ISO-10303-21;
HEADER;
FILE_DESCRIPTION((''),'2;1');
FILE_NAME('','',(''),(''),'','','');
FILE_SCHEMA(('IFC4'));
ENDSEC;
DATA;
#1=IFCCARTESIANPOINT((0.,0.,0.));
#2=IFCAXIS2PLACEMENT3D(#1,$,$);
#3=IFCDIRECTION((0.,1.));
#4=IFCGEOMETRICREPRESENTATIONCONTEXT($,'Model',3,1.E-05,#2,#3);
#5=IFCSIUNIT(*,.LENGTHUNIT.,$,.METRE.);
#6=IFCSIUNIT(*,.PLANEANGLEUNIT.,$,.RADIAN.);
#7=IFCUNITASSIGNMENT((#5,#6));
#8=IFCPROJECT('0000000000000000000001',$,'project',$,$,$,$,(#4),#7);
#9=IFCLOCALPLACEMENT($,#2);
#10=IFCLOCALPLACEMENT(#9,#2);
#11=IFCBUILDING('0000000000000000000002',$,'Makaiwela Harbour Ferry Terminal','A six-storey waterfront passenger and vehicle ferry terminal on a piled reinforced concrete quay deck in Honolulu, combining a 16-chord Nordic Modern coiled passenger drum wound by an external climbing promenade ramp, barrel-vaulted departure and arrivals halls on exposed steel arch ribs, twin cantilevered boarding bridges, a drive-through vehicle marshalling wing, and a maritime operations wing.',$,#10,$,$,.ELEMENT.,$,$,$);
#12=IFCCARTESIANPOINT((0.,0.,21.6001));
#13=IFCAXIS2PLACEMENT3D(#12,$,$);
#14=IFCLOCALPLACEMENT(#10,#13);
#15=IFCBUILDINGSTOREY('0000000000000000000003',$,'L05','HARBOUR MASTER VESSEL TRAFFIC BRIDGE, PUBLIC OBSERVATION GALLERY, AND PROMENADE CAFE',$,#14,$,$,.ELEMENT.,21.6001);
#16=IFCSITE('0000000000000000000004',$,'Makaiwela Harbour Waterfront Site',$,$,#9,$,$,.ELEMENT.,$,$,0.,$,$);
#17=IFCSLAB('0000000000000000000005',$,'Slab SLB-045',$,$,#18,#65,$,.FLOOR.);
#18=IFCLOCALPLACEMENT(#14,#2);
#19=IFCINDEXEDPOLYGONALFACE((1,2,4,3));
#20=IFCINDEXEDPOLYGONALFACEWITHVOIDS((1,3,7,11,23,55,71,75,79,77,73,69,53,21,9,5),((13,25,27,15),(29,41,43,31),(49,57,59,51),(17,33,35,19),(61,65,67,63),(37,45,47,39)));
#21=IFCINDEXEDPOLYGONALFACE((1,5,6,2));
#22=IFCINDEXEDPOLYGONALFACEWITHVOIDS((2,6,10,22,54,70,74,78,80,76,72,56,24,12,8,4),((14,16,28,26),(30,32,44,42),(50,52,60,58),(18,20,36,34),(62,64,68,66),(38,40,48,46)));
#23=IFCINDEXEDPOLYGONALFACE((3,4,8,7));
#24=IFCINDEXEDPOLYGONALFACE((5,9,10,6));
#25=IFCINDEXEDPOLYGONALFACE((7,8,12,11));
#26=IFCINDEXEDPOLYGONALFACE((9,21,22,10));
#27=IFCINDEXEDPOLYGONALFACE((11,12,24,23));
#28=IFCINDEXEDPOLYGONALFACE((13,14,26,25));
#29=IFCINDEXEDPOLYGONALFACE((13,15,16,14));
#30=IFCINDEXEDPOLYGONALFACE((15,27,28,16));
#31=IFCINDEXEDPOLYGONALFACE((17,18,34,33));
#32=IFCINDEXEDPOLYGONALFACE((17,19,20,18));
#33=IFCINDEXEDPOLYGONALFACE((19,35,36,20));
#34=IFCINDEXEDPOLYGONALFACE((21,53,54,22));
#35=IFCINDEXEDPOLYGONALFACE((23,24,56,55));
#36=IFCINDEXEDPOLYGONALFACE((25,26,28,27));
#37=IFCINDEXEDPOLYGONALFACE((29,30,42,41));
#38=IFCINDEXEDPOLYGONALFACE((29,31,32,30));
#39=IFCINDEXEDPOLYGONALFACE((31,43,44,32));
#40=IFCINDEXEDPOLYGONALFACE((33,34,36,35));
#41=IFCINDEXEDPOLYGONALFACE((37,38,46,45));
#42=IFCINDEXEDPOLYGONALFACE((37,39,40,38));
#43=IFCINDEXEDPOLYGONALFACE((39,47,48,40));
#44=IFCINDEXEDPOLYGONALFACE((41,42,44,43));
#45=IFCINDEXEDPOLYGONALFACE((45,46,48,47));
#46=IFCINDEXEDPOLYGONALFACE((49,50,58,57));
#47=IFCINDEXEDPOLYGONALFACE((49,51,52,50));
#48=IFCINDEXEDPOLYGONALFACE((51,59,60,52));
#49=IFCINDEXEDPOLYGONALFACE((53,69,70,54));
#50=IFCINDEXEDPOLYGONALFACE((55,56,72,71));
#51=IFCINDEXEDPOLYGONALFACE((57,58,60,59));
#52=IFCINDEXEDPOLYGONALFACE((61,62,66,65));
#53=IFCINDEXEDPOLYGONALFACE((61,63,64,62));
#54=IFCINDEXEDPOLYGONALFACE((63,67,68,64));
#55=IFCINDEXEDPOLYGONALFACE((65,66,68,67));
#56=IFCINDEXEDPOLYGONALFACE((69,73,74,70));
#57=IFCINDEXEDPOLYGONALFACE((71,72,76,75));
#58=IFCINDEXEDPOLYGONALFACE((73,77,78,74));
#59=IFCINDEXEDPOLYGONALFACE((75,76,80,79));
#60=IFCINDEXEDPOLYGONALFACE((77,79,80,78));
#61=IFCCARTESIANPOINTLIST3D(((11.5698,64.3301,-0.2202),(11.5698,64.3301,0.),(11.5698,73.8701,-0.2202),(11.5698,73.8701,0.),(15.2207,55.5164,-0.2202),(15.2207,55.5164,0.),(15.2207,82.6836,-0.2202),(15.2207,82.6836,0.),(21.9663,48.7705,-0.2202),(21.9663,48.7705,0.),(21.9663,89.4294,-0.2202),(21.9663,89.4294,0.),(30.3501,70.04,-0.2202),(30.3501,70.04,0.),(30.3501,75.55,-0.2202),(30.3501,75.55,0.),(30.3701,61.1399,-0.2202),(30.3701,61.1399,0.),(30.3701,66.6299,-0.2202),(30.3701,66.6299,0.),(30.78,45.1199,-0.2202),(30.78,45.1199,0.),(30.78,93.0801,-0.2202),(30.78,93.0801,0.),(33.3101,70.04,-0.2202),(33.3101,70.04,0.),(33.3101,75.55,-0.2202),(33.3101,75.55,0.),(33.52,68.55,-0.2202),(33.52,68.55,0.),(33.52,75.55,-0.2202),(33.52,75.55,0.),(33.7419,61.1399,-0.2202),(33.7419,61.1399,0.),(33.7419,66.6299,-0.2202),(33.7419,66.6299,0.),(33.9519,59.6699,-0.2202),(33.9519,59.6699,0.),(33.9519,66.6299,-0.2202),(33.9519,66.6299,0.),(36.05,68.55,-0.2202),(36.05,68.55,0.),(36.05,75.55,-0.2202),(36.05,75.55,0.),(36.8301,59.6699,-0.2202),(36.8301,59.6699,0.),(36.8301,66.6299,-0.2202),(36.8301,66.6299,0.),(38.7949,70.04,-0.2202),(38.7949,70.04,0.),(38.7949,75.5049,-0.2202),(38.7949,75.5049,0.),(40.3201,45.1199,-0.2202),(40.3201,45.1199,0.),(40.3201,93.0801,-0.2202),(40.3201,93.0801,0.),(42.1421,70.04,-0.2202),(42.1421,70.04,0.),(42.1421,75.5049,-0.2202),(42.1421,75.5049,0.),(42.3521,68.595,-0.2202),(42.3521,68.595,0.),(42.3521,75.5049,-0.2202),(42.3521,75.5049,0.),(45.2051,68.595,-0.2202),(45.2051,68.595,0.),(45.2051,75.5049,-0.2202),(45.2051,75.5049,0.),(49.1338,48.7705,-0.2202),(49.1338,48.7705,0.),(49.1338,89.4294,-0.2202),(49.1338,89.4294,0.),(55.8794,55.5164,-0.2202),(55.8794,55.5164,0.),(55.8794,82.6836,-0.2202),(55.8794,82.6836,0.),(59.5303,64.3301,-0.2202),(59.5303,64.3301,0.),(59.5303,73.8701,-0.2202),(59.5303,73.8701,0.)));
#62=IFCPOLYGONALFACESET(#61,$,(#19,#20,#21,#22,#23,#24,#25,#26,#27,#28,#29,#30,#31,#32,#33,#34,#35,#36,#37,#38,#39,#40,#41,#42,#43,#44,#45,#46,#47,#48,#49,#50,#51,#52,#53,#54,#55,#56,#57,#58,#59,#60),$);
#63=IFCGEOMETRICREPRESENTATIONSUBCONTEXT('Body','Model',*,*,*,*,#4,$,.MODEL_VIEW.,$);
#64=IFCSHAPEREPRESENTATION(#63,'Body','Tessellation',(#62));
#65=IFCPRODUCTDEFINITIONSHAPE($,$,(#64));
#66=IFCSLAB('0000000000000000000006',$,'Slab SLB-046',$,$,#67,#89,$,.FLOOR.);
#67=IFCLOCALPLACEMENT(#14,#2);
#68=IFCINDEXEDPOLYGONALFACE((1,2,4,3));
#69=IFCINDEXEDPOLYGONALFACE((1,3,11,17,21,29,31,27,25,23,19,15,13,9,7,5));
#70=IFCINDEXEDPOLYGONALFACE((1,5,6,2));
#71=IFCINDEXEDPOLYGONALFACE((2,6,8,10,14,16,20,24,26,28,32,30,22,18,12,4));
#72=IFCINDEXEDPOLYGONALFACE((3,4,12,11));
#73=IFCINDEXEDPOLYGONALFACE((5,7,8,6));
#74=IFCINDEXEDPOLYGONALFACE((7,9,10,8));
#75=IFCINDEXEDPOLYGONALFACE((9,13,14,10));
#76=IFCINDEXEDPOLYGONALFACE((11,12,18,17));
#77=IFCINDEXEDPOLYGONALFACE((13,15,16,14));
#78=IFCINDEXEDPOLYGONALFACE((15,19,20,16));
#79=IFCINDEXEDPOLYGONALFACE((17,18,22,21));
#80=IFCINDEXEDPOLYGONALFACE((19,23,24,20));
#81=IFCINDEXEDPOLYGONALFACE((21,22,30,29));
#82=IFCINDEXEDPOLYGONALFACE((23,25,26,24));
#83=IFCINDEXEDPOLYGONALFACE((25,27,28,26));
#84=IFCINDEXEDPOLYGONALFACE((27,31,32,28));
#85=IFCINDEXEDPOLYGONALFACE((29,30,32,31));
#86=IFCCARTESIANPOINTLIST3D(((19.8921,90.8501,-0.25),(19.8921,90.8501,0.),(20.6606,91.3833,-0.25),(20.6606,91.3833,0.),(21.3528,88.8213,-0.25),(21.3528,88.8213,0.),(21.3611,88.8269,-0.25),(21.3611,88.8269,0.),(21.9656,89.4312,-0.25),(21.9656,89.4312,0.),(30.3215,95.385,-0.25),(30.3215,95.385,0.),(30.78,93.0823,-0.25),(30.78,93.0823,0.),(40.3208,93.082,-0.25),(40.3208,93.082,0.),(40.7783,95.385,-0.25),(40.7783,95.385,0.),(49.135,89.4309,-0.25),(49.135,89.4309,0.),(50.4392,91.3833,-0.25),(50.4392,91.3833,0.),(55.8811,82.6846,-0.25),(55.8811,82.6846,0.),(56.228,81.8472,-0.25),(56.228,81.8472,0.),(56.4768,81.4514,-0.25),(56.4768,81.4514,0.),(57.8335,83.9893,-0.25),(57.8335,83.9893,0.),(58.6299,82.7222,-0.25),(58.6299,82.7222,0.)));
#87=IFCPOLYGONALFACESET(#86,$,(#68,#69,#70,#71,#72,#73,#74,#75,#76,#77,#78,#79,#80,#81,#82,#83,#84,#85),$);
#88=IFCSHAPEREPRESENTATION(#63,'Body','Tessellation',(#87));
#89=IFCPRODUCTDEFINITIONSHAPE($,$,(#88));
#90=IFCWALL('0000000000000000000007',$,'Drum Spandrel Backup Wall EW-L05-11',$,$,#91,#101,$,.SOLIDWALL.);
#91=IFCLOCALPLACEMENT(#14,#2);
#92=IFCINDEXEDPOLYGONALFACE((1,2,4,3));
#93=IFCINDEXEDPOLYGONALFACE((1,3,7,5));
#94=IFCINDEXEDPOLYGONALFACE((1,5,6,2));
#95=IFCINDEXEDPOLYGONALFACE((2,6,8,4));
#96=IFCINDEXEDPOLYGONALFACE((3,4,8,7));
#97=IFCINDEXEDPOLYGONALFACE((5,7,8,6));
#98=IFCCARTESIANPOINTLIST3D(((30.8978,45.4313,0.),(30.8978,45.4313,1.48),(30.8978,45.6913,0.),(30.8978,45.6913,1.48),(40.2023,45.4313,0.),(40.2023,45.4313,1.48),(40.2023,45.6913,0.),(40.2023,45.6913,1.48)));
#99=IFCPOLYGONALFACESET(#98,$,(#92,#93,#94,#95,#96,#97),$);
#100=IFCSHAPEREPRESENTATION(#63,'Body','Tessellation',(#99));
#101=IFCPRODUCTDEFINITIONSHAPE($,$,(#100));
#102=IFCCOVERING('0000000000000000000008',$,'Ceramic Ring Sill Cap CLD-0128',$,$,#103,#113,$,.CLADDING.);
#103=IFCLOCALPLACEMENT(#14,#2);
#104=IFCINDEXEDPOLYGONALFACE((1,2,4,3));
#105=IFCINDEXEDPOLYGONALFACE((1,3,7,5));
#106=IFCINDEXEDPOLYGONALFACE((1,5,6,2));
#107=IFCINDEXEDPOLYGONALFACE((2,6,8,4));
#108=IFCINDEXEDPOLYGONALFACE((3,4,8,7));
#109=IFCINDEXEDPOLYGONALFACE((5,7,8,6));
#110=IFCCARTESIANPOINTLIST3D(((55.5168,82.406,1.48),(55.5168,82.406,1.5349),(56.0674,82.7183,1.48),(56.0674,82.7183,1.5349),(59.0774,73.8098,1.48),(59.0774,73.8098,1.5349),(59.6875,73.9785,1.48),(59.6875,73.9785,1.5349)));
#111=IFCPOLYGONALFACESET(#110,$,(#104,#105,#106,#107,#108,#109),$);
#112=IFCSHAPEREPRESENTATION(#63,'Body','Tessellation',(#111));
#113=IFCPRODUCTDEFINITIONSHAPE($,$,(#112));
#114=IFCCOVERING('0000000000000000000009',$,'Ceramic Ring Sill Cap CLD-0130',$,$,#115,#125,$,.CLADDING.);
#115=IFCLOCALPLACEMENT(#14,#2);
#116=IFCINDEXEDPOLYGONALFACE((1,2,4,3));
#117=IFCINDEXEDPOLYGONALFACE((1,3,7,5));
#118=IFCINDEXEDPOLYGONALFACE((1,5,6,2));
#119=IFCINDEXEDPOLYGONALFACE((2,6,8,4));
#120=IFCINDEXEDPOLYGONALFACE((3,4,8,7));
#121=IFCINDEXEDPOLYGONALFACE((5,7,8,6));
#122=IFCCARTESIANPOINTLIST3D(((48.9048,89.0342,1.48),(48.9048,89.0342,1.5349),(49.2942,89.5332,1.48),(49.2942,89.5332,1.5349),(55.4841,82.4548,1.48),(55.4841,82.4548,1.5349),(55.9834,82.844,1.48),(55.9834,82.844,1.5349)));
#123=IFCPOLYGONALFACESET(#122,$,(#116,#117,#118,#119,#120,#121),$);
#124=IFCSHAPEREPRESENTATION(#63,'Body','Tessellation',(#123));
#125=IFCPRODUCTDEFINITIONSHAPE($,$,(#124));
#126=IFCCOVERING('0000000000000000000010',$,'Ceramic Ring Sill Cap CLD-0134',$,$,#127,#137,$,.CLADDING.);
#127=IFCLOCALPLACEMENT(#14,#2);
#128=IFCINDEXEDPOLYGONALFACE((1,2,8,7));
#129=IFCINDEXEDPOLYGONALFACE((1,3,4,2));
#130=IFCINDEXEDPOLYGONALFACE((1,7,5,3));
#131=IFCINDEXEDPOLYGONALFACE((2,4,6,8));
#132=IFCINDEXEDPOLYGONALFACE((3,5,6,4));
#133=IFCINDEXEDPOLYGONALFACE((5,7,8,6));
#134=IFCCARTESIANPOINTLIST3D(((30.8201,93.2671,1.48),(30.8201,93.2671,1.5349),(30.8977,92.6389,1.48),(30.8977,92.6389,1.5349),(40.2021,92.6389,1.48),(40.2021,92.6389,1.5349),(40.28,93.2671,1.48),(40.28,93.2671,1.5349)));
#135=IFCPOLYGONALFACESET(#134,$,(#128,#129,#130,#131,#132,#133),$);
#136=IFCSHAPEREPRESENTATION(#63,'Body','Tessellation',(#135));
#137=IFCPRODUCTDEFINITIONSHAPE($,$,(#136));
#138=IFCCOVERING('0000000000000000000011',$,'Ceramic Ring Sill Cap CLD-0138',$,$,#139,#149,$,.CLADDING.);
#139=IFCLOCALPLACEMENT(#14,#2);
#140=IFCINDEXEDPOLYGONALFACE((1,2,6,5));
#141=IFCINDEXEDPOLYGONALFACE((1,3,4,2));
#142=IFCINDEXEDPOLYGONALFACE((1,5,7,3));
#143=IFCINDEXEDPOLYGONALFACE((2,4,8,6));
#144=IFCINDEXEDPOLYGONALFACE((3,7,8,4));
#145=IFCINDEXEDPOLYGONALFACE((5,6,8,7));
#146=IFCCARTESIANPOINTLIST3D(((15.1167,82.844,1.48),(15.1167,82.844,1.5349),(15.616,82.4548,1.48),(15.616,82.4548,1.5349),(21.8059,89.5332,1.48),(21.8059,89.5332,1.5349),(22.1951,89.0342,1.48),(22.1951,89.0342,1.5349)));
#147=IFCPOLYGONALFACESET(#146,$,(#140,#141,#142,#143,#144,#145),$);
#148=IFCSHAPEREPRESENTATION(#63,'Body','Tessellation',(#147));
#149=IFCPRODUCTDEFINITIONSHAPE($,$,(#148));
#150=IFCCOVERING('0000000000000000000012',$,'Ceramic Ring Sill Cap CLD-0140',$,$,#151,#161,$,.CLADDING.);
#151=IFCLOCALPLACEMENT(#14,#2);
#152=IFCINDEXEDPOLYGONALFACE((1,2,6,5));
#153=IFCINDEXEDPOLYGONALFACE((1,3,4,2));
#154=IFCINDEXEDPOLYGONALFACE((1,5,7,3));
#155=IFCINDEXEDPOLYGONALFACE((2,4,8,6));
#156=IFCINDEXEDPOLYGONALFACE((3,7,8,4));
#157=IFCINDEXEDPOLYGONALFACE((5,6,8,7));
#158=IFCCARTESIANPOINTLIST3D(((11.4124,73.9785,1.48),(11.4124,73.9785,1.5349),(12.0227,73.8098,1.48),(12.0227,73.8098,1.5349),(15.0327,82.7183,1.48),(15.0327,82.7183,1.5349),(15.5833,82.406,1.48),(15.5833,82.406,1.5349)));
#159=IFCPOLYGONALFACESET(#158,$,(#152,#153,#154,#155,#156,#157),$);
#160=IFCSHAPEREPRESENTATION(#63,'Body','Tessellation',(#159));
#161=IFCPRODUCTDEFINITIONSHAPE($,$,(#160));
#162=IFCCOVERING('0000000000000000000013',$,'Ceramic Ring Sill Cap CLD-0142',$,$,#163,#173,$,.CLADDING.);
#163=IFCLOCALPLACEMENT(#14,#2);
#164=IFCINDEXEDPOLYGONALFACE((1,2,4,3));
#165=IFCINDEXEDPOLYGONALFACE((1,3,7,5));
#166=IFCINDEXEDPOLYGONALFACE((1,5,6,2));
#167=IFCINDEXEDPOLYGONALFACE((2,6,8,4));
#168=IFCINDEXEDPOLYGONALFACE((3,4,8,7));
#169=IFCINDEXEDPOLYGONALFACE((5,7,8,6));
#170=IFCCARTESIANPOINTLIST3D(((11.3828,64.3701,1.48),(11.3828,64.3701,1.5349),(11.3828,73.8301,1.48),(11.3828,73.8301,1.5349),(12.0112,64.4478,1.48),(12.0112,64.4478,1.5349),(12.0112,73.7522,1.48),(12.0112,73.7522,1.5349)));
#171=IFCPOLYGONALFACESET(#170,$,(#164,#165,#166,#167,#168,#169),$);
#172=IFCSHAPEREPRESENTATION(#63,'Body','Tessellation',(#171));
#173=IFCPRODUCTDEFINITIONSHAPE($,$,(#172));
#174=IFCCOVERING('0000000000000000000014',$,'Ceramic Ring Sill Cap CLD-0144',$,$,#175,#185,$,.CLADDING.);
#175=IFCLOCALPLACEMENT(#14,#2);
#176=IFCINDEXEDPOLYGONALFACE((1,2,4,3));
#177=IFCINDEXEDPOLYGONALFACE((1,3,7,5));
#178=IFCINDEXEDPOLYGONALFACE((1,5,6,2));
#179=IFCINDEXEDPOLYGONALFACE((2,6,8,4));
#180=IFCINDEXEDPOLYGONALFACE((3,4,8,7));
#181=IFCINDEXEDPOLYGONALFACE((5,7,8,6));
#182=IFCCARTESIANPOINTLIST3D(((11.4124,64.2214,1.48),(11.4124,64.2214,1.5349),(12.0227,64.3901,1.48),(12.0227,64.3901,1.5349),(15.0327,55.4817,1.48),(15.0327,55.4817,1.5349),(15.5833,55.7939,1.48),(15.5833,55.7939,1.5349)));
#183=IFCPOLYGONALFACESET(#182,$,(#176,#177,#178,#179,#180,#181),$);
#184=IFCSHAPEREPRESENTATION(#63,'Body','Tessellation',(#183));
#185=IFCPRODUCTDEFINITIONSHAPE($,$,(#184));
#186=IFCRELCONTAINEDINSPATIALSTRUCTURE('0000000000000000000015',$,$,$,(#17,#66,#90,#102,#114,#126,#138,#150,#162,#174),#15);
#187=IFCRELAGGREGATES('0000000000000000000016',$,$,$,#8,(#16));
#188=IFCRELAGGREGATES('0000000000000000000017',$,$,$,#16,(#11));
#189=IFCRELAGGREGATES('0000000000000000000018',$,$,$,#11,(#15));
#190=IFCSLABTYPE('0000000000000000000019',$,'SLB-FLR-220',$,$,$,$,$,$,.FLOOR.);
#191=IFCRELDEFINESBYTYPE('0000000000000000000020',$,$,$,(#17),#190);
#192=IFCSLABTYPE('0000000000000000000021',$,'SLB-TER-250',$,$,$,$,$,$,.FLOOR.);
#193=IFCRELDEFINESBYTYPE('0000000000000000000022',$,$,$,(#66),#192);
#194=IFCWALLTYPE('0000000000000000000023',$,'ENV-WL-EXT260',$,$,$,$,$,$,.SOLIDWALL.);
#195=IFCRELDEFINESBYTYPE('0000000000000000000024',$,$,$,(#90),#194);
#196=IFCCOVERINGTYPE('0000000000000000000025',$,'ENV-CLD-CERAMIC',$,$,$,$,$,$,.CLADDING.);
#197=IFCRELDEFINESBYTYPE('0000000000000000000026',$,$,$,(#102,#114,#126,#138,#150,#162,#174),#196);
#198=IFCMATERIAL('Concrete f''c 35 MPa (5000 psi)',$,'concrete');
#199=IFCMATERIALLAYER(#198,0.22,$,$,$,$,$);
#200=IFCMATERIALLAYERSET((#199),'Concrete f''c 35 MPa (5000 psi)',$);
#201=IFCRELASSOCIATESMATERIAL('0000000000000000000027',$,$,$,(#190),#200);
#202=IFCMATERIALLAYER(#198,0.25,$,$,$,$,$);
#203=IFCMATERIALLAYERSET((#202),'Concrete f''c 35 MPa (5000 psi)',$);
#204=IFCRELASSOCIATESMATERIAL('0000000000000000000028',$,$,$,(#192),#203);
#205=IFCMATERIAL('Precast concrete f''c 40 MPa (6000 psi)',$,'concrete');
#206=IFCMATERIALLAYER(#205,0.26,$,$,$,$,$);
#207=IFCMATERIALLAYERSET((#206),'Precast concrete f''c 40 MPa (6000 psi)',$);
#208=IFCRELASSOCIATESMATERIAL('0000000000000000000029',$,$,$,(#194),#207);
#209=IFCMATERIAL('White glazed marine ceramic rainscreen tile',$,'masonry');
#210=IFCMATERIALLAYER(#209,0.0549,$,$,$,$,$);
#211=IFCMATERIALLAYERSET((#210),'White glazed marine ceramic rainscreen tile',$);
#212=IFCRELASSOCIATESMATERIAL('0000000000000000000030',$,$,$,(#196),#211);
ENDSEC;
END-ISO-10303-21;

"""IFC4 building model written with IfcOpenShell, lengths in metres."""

from ifc_helpers import new_model, si_unit, direction, frame, frame_2d, origin, place, context, subcontext, project, spatial, polyline, rectangle, outline, extrude, material, layer, layer_set, type_object, element, save


model = new_model("IFC4")

# Units and contexts
model_context = context("Model", 3, precision=1e-05, world=origin(), true_north=direction((0.0, 1.0)))
body_context = subcontext(model_context, "Body", "Model", "MODEL_VIEW")
ifc_project = project(units=[si_unit("LENGTHUNIT", "METRE"), si_unit("PLANEANGLEUNIT", "RADIAN")], contexts=[model_context])

# Site, building, storey
site_placement = place(None, origin())
site = spatial("IfcSite", under=ifc_project, at=site_placement, Name="Makaiwela Harbour Waterfront Site", CompositionType="ELEMENT", RefElevation=0.0)
building_placement = place(site_placement, origin())
building = spatial("IfcBuilding", under=site, at=building_placement, Name="Makaiwela Harbour Ferry Terminal", Description="A six-storey waterfront passenger and vehicle ferry terminal on a piled reinforced concrete quay deck in Honolulu, combining a 16-chord Nordic Modern coiled passenger drum wound by an external climbing promenade ramp, barrel-vaulted departure and arrivals halls on exposed steel arch ribs, twin cantilevered boarding bridges, a drive-through vehicle marshalling wing, and a maritime operations wing.", CompositionType="ELEMENT")
storey_placement = place(building_placement, frame((0.0, 0.0, 21.6001)))
storey = spatial("IfcBuildingStorey", under=building, at=storey_placement, Name="L05", Description="HARBOUR MASTER VESSEL TRAFFIC BRIDGE, PUBLIC OBSERVATION GALLERY, AND PROMENADE CAFE", CompositionType="ELEMENT", Elevation=21.6001)

# Slabs
ifc_material_1 = material(Name="Concrete f'c 35 MPa (5000 psi)", Category="concrete")
ifc_layer_1 = layer(ifc_material_1, 0.22)
ifc_layer_set_1 = layer_set([ifc_layer_1], Name="Concrete f'c 35 MPa (5000 psi)")
slab_type_1 = type_object("IfcSlabType", Name="SLB-FLR-220", PredefinedType="FLOOR", material=ifc_layer_set_1)
slab_1_placement = place(storey_placement, frame((0.0, 0.0, -0.2202)))
element("IfcSlab", 1, at=slab_1_placement, inside=storey, type_object=slab_type_1, Name="Slab SLB-045", PredefinedType="FLOOR", context=body_context, shape_type="SweptSolid", body=[
    extrude(outline(polyline([(59.5303, 73.8701), (55.8794, 82.6836), (49.1338, 89.4294), (40.3201, 93.0801), (30.78, 93.0801), (21.9663, 89.4294), (15.2207, 82.6836), (11.5698, 73.8701), (11.5698, 64.3301), (15.2207, 55.5164), (21.9663, 48.7705), (30.78, 45.1199), (40.3201, 45.1199), (49.1338, 48.7705), (55.8794, 55.5164), (59.5303, 64.3301), (59.5303, 73.8701)]), holes=[polyline([(38.7949, 70.04), (38.7949, 75.5049), (42.1421, 75.5049), (42.1421, 70.04), (38.7949, 70.04)]), polyline([(42.3521, 68.595), (42.3521, 75.5049), (45.2051, 75.5049), (45.2051, 68.595), (42.3521, 68.595)]), polyline([(30.3701, 61.1399), (30.3701, 66.6299), (33.7419, 66.6299), (33.7419, 61.1399), (30.3701, 61.1399)]), polyline([(33.9519, 59.6699), (33.9519, 66.6299), (36.8301, 66.6299), (36.8301, 59.6699), (33.9519, 59.6699)]), polyline([(30.3501, 70.04), (30.3501, 75.55), (33.3101, 75.55), (33.3101, 70.04), (30.3501, 70.04)]), polyline([(33.52, 68.55), (33.52, 75.55), (36.05, 75.55), (36.05, 68.55), (33.52, 68.55)])]), origin(), (0.0, 0.0, 1.0), 0.2202),
])
ifc_layer_2 = layer(ifc_material_1, 0.25)
ifc_layer_set_2 = layer_set([ifc_layer_2], Name="Concrete f'c 35 MPa (5000 psi)")
slab_type_2 = type_object("IfcSlabType", Name="SLB-TER-250", PredefinedType="FLOOR", material=ifc_layer_set_2)
slab_2_placement = place(storey_placement, frame((0.0, 0.0, -0.25)))
element("IfcSlab", 2, at=slab_2_placement, inside=storey, type_object=slab_type_2, Name="Slab SLB-046", PredefinedType="FLOOR", context=body_context, shape_type="SweptSolid", body=[
    extrude(outline(polyline([(21.3611, 88.8269), (21.9656, 89.4312), (30.78, 93.0823), (40.3208, 93.082), (49.135, 89.4309), (55.8811, 82.6846), (56.228, 81.8472), (56.4768, 81.4514), (58.6299, 82.7222), (57.8335, 83.9893), (50.4392, 91.3833), (40.7783, 95.385), (30.3215, 95.385), (20.6606, 91.3833), (19.8921, 90.8501), (21.3528, 88.8213), (21.3611, 88.8269)])), origin(), (0.0, 0.0, 1.0), 0.25),
])

# Wall
ifc_material_2 = material(Name="Precast concrete f'c 40 MPa (6000 psi)", Category="concrete")
ifc_layer_3 = layer(ifc_material_2, 0.26)
ifc_layer_set_3 = layer_set([ifc_layer_3], Name="Precast concrete f'c 40 MPa (6000 psi)")
wall_type = type_object("IfcWallType", Name="ENV-WL-EXT260", PredefinedType="SOLIDWALL", material=ifc_layer_set_3)
wall_placement = place(storey_placement, frame((30.8977, 45.5613, 0.0), z_axis=(0.0, 0.0, 1.0), x_axis=(1.0, 0.0, 0.0)))
element("IfcWall", 3, at=wall_placement, inside=storey, type_object=wall_type, Name="Drum Spandrel Backup Wall EW-L05-11", PredefinedType="SOLIDWALL", context=body_context, shape_type="SweptSolid", body=[
    extrude(rectangle(XDim=9.3044, YDim=0.26, at=frame_2d((4.6523, 0.0))), origin(), (0.0, 0.0, 1.0), 1.48),
])

# Coverings
ifc_material_3 = material(Name="White glazed marine ceramic rainscreen tile", Category="masonry")
ifc_layer_4 = layer(ifc_material_3, 0.0549)
ifc_layer_set_4 = layer_set([ifc_layer_4], Name="White glazed marine ceramic rainscreen tile")
covering_type = type_object("IfcCoveringType", Name="ENV-CLD-CERAMIC", PredefinedType="CLADDING", material=ifc_layer_set_4)
covering_1_placement = place(storey_placement, frame((0.0, 0.0, 1.48)))
element("IfcCovering", 4, at=covering_1_placement, inside=storey, type_object=covering_type, Name="Ceramic Ring Sill Cap CLD-0128", PredefinedType="CLADDING", context=body_context, shape_type="SweptSolid", body=[
    extrude(outline(polyline([(59.6875, 73.9785), (56.0674, 82.7183), (55.5168, 82.406), (59.0774, 73.8098), (59.6875, 73.9785)])), origin(), (0.0, 0.0, 1.0), 0.0549),
])
covering_2_placement = place(storey_placement, frame((0.0, 0.0, 1.48)))
element("IfcCovering", 5, at=covering_2_placement, inside=storey, type_object=covering_type, Name="Ceramic Ring Sill Cap CLD-0130", PredefinedType="CLADDING", context=body_context, shape_type="SweptSolid", body=[
    extrude(outline(polyline([(55.9834, 82.844), (49.2942, 89.5332), (48.9048, 89.0342), (55.4841, 82.4548), (55.9834, 82.844)])), origin(), (0.0, 0.0, 1.0), 0.0549),
])
covering_3_placement = place(storey_placement, frame((0.0, 0.0, 1.48)))
element("IfcCovering", 6, at=covering_3_placement, inside=storey, type_object=covering_type, Name="Ceramic Ring Sill Cap CLD-0134", PredefinedType="CLADDING", context=body_context, shape_type="SweptSolid", body=[
    extrude(outline(polyline([(40.28, 93.2671), (30.8201, 93.2671), (30.8977, 92.6389), (40.2021, 92.6389), (40.28, 93.2671)])), origin(), (0.0, 0.0, 1.0), 0.0549),
])
covering_4_placement = place(storey_placement, frame((0.0, 0.0, 1.48)))
element("IfcCovering", 7, at=covering_4_placement, inside=storey, type_object=covering_type, Name="Ceramic Ring Sill Cap CLD-0138", PredefinedType="CLADDING", context=body_context, shape_type="SweptSolid", body=[
    extrude(outline(polyline([(21.8059, 89.5332), (15.1167, 82.844), (15.616, 82.4548), (22.1951, 89.0342), (21.8059, 89.5332)])), origin(), (0.0, 0.0, 1.0), 0.0549),
])
covering_5_placement = place(storey_placement, frame((0.0, 0.0, 1.48)))
element("IfcCovering", 8, at=covering_5_placement, inside=storey, type_object=covering_type, Name="Ceramic Ring Sill Cap CLD-0140", PredefinedType="CLADDING", context=body_context, shape_type="SweptSolid", body=[
    extrude(outline(polyline([(15.0327, 82.7183), (11.4124, 73.9785), (12.0227, 73.8098), (15.5833, 82.406), (15.0327, 82.7183)])), origin(), (0.0, 0.0, 1.0), 0.0549),
])
covering_6_placement = place(storey_placement, frame((0.0, 0.0, 1.48)))
element("IfcCovering", 9, at=covering_6_placement, inside=storey, type_object=covering_type, Name="Ceramic Ring Sill Cap CLD-0142", PredefinedType="CLADDING", context=body_context, shape_type="SweptSolid", body=[
    extrude(outline(polyline([(11.3828, 73.8301), (11.3828, 64.3701), (12.0112, 64.4478), (12.0112, 73.7522), (11.3828, 73.8301)])), origin(), (0.0, 0.0, 1.0), 0.0549),
])
covering_7_placement = place(storey_placement, frame((0.0, 0.0, 1.48)))
element("IfcCovering", 10, at=covering_7_placement, inside=storey, type_object=covering_type, Name="Ceramic Ring Sill Cap CLD-0144", PredefinedType="CLADDING", context=body_context, shape_type="SweptSolid", body=[
    extrude(outline(polyline([(11.4124, 64.2214), (15.0327, 55.4817), (15.5833, 55.7939), (12.0227, 64.3901), (11.4124, 64.2214)])), origin(), (0.0, 0.0, 1.0), 0.0549),
])

save(model, "model.ifc")
